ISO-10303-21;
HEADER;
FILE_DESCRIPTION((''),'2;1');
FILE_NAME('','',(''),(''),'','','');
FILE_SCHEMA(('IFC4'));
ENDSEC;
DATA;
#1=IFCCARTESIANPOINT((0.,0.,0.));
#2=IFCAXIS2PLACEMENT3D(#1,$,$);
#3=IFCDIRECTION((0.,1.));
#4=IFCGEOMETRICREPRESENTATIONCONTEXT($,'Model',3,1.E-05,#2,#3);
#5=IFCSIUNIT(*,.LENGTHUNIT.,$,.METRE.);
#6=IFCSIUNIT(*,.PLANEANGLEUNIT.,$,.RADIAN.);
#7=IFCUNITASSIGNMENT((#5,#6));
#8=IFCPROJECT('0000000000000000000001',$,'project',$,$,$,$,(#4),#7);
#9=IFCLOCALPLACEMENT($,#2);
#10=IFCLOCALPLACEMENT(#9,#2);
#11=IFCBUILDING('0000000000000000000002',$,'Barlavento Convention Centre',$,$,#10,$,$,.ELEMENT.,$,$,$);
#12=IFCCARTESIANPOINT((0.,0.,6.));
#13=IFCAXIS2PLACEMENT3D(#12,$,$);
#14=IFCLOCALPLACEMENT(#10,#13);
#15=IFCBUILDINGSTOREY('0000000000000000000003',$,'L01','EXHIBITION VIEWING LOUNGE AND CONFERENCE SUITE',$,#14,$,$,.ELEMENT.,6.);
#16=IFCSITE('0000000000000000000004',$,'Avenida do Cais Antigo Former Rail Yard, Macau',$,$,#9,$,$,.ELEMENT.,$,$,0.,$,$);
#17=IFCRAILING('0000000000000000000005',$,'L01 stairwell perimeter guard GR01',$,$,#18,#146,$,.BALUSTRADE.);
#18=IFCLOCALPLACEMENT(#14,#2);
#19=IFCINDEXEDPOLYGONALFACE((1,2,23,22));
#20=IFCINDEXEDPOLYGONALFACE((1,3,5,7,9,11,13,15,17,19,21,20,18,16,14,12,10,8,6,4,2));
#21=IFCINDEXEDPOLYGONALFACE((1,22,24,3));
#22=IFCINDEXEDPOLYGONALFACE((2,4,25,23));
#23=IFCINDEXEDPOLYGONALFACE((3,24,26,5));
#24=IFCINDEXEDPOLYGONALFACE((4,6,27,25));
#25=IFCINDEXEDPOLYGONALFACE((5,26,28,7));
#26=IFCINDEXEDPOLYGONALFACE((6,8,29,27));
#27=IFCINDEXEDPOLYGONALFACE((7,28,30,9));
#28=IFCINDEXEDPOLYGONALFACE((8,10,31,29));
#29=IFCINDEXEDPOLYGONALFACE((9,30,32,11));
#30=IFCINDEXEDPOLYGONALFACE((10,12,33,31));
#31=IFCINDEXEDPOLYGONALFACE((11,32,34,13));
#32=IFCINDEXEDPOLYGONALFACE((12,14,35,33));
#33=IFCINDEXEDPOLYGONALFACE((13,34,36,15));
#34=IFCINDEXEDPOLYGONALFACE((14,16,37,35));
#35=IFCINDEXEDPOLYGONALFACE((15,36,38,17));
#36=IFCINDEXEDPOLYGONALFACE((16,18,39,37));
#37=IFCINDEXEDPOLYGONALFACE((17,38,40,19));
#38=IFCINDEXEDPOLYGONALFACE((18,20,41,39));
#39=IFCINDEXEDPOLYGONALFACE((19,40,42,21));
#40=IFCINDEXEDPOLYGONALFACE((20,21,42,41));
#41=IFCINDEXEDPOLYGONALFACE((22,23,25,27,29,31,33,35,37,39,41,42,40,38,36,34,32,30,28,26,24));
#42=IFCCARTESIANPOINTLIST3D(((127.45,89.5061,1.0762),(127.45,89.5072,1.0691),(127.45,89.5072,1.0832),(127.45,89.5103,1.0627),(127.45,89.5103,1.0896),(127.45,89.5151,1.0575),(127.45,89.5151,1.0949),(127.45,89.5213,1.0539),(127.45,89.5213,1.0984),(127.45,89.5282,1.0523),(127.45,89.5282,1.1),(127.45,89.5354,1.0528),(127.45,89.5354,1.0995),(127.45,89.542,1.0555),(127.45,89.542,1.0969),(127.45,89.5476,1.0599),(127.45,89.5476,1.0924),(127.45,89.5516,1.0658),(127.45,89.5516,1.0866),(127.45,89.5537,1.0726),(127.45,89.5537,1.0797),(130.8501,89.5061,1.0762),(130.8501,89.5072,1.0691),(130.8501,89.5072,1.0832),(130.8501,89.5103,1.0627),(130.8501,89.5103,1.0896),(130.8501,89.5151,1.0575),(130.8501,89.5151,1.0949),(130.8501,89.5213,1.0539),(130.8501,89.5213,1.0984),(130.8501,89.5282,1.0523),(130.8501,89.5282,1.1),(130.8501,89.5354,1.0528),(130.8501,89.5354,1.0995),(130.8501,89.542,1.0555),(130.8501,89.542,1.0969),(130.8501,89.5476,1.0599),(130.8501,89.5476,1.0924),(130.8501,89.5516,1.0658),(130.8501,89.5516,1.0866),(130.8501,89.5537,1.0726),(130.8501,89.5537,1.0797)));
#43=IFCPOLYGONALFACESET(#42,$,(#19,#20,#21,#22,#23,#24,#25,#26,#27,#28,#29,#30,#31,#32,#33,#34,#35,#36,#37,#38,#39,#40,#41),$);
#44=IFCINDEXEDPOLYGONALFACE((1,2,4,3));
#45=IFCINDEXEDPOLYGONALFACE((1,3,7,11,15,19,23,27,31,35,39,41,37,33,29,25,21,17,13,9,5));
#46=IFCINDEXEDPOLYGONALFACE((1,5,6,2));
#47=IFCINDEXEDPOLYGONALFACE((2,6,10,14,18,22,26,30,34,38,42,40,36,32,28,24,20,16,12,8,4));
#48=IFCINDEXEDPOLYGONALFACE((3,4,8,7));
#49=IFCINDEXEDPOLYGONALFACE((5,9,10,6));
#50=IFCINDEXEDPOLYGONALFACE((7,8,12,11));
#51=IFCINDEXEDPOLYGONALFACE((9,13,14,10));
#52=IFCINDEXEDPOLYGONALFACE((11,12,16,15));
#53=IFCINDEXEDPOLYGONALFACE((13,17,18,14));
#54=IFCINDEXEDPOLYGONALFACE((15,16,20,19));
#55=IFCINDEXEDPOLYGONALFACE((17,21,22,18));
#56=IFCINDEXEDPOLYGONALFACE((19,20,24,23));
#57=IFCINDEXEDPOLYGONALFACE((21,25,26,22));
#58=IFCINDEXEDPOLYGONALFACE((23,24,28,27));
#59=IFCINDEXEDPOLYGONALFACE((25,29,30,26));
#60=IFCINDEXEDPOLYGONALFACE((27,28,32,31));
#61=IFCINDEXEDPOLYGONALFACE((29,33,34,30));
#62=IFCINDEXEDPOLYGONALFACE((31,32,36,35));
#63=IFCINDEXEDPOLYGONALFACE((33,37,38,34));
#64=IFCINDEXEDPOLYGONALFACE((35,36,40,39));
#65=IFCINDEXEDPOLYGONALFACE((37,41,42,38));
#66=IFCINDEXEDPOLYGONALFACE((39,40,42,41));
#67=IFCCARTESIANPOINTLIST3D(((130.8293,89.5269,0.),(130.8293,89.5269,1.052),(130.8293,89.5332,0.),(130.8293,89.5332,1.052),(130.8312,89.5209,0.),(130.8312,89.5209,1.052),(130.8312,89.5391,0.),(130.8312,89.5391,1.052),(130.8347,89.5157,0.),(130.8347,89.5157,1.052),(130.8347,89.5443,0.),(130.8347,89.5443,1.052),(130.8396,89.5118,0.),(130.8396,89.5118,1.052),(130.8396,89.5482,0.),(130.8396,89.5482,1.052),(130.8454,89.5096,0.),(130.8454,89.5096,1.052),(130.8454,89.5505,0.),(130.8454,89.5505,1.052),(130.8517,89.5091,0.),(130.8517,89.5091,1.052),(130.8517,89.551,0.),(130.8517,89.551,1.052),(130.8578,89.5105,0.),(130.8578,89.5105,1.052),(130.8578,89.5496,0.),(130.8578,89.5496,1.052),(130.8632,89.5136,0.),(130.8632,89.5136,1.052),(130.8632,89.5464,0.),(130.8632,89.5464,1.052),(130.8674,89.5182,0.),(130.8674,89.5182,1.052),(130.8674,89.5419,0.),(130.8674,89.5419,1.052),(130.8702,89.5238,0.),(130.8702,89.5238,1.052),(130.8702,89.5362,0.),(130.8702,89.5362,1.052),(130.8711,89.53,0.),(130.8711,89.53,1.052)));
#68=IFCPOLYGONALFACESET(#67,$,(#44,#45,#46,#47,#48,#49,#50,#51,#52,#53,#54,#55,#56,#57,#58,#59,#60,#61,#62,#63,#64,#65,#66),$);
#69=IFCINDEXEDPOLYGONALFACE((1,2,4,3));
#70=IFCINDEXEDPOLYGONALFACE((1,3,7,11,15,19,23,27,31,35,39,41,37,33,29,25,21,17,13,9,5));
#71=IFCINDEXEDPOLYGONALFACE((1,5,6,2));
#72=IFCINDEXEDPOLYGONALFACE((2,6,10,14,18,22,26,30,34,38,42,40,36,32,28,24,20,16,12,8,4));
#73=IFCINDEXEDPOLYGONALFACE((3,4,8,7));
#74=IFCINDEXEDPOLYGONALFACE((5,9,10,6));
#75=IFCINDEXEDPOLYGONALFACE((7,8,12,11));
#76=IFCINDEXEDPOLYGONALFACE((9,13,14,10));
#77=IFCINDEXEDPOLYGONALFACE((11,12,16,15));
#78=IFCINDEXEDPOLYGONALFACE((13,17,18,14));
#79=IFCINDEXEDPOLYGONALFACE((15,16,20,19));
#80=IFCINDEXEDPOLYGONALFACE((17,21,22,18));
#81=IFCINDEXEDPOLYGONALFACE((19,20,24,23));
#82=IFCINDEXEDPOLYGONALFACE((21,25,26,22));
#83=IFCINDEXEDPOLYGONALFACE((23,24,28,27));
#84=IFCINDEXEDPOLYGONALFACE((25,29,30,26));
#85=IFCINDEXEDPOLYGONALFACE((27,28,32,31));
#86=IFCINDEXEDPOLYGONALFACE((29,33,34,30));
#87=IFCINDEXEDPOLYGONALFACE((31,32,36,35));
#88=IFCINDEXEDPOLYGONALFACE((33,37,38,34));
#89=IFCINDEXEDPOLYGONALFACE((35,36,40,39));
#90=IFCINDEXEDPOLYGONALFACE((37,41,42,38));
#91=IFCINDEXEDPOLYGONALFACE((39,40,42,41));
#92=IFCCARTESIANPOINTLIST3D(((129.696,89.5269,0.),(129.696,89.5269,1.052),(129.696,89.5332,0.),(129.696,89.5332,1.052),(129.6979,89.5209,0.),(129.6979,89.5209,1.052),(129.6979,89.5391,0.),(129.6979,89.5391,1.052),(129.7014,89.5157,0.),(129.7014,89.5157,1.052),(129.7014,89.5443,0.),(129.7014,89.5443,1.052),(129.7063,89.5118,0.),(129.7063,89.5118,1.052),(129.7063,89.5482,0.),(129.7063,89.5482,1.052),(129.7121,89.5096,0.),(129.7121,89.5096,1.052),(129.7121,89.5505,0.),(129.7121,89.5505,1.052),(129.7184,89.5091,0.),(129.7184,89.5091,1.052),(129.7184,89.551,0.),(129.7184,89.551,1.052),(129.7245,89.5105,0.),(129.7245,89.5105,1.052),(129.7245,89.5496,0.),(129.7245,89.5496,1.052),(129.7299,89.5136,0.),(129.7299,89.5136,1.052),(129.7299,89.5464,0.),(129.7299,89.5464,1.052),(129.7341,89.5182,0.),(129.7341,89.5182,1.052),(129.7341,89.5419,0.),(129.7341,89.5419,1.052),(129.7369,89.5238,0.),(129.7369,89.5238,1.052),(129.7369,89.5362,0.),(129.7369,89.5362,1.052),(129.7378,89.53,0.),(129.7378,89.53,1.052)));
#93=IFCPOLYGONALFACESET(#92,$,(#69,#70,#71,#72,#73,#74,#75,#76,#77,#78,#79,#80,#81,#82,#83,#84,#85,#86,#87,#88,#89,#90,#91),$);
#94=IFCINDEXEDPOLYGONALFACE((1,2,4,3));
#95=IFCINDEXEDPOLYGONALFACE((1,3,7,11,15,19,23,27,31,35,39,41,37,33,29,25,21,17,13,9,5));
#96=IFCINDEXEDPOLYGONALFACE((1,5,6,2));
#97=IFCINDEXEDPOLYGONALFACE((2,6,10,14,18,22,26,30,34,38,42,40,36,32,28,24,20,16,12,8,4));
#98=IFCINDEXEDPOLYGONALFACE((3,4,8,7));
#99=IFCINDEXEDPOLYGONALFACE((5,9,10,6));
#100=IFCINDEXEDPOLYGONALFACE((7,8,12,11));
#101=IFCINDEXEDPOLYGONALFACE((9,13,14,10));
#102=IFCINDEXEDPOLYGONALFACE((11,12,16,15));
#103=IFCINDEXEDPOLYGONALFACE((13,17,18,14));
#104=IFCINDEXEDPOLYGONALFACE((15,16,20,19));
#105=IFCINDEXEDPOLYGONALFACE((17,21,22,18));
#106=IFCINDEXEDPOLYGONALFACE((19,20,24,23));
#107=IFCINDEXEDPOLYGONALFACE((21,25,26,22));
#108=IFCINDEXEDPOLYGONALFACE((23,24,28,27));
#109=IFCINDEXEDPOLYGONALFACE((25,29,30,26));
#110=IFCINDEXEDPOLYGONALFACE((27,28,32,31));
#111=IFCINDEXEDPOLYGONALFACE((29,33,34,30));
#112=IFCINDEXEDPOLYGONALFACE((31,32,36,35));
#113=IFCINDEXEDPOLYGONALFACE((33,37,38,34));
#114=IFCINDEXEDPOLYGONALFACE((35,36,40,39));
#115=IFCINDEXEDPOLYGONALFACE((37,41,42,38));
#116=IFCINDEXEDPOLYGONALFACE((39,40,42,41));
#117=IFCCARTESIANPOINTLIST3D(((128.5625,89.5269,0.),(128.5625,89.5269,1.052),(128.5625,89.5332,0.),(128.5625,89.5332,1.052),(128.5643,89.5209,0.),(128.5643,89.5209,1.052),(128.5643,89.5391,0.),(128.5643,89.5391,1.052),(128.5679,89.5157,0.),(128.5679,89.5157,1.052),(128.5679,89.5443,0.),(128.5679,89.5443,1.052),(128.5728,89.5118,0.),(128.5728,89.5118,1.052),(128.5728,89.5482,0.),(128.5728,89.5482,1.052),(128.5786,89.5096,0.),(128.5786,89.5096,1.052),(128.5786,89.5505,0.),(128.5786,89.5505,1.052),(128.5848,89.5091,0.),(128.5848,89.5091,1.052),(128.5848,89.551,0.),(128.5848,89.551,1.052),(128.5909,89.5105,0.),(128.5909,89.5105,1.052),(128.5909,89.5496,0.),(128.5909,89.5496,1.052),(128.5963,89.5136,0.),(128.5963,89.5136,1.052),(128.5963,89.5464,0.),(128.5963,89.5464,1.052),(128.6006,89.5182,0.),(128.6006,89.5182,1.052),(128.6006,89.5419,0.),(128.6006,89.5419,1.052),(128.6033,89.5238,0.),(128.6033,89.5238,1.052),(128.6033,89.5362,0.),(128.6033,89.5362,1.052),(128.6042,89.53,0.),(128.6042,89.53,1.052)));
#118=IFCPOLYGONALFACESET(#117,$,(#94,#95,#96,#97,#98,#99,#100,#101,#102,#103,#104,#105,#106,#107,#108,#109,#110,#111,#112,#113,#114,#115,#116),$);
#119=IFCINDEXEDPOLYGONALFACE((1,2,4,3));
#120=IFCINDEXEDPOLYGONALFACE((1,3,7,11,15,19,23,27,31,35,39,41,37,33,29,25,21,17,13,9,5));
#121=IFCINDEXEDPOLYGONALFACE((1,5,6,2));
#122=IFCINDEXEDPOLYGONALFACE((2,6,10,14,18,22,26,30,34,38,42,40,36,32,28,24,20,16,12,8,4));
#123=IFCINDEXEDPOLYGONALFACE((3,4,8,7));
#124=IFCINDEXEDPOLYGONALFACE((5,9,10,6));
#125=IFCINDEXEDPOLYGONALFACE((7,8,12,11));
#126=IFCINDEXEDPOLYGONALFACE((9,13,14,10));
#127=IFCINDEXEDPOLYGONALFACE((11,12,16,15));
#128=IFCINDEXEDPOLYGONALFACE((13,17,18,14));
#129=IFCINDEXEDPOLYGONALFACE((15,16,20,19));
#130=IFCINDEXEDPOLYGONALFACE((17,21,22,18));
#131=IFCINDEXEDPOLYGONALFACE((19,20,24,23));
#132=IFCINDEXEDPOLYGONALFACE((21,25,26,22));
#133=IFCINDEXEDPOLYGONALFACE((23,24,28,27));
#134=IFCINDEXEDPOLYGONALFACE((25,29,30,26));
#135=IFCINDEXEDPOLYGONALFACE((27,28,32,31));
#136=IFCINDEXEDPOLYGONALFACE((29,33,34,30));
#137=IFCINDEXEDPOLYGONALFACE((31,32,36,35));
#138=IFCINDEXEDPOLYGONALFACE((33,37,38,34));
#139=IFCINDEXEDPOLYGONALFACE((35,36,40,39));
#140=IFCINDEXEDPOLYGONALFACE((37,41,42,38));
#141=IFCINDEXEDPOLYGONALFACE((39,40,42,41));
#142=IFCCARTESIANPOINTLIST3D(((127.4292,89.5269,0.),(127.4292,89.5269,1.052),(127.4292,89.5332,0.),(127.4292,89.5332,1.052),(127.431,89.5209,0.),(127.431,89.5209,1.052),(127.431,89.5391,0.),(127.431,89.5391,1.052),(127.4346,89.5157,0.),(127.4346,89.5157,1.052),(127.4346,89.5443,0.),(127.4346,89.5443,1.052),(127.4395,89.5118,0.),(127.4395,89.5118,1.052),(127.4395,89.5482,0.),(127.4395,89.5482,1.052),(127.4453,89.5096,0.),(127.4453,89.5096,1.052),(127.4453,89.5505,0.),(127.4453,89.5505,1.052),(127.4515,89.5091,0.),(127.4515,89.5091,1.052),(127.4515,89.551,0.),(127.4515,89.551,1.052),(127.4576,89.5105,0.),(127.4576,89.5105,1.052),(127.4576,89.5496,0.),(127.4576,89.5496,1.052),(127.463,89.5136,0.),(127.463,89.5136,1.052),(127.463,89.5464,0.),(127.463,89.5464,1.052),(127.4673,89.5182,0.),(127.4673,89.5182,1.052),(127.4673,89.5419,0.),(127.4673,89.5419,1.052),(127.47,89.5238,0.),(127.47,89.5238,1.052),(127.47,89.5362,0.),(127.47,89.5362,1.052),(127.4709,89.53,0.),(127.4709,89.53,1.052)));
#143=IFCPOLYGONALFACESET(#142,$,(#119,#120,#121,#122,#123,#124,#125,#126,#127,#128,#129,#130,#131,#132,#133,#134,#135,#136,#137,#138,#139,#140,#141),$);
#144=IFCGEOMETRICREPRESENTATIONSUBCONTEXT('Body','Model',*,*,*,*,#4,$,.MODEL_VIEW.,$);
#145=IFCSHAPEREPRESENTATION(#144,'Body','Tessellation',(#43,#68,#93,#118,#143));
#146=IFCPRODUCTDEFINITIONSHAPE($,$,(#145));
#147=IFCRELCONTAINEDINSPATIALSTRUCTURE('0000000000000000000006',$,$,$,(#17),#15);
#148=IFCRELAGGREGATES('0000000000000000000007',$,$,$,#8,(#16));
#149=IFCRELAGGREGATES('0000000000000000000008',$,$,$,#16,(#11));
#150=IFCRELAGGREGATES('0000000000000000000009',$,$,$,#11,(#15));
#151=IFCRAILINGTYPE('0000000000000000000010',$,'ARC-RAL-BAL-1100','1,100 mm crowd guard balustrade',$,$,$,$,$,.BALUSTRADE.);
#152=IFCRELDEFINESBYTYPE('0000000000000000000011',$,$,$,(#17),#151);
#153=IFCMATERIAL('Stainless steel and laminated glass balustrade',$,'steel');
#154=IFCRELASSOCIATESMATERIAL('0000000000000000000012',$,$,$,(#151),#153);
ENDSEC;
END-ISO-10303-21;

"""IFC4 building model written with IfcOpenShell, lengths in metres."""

from ifc_helpers import new_model, si_unit, direction, frame, origin, origin_2d, place, context, subcontext, project, spatial, circle, extrude, material, type_object, element, save


model = new_model("IFC4")

# Units and contexts
model_context = context("Model", 3, precision=1e-05, world=origin(), true_north=direction((0.0, 1.0)))
body_context = subcontext(model_context, "Body", "Model", "MODEL_VIEW")
ifc_project = project(units=[si_unit("LENGTHUNIT", "METRE"), si_unit("PLANEANGLEUNIT", "RADIAN")], contexts=[model_context])

# Site, building, storey
site_placement = place(None, origin())
site = spatial("IfcSite", under=ifc_project, at=site_placement, Name="Avenida do Cais Antigo Former Rail Yard, Macau", CompositionType="ELEMENT", RefElevation=0.0)
building_placement = place(site_placement, origin())
building = spatial("IfcBuilding", under=site, at=building_placement, Name="Barlavento Convention Centre", CompositionType="ELEMENT")
storey_placement = place(building_placement, frame((0.0, 0.0, 6.0)))
storey = spatial("IfcBuildingStorey", under=building, at=storey_placement, Name="L01", Description="EXHIBITION VIEWING LOUNGE AND CONFERENCE SUITE", CompositionType="ELEMENT", Elevation=6.0)

# Railing
ifc_material_1 = material(Name="Stainless steel and laminated glass balustrade", Category="steel")
railing_type_1 = type_object("IfcRailingType", Name="ARC-RAL-BAL-1100", Description="1,100 mm crowd guard balustrade", PredefinedType="BALUSTRADE", material=ifc_material_1)
for number, where, name in (
    (1, (130.8501, 89.53, 0.0), "L01 stairwell perimeter guard GR01"),
):
    element("IfcRailing", number, at=place(storey_placement, frame(where)), inside=storey, type_object=railing_type_1, Name=name, PredefinedType="BALUSTRADE", context=body_context, shape_type="SweptSolid", body=[
        extrude(circle(Radius=0.0239, at=origin_2d()), frame((0.0, 0.0, 1.0762), z_axis=(-1.0, 0.0, 0.0), x_axis=(0.0, -1.0, 0.0)), (0.0, 0.0, 1.0), 3.4001),
        extrude(circle(Radius=0.021, at=origin_2d()), origin(), (0.0, 0.0, 1.0), 1.052),
        extrude(circle(Radius=0.021, at=origin_2d()), frame((-1.1333, 0.0, 0.0)), (0.0, 0.0, 1.0), 1.052),
        extrude(circle(Radius=0.021, at=origin_2d()), frame((-2.2668, 0.0, 0.0)), (0.0, 0.0, 1.0), 1.052),
        extrude(circle(Radius=0.021, at=origin_2d()), frame((-3.4001, 0.0, 0.0)), (0.0, 0.0, 1.0), 1.052),
    ])

save(model, "model.ifc")
